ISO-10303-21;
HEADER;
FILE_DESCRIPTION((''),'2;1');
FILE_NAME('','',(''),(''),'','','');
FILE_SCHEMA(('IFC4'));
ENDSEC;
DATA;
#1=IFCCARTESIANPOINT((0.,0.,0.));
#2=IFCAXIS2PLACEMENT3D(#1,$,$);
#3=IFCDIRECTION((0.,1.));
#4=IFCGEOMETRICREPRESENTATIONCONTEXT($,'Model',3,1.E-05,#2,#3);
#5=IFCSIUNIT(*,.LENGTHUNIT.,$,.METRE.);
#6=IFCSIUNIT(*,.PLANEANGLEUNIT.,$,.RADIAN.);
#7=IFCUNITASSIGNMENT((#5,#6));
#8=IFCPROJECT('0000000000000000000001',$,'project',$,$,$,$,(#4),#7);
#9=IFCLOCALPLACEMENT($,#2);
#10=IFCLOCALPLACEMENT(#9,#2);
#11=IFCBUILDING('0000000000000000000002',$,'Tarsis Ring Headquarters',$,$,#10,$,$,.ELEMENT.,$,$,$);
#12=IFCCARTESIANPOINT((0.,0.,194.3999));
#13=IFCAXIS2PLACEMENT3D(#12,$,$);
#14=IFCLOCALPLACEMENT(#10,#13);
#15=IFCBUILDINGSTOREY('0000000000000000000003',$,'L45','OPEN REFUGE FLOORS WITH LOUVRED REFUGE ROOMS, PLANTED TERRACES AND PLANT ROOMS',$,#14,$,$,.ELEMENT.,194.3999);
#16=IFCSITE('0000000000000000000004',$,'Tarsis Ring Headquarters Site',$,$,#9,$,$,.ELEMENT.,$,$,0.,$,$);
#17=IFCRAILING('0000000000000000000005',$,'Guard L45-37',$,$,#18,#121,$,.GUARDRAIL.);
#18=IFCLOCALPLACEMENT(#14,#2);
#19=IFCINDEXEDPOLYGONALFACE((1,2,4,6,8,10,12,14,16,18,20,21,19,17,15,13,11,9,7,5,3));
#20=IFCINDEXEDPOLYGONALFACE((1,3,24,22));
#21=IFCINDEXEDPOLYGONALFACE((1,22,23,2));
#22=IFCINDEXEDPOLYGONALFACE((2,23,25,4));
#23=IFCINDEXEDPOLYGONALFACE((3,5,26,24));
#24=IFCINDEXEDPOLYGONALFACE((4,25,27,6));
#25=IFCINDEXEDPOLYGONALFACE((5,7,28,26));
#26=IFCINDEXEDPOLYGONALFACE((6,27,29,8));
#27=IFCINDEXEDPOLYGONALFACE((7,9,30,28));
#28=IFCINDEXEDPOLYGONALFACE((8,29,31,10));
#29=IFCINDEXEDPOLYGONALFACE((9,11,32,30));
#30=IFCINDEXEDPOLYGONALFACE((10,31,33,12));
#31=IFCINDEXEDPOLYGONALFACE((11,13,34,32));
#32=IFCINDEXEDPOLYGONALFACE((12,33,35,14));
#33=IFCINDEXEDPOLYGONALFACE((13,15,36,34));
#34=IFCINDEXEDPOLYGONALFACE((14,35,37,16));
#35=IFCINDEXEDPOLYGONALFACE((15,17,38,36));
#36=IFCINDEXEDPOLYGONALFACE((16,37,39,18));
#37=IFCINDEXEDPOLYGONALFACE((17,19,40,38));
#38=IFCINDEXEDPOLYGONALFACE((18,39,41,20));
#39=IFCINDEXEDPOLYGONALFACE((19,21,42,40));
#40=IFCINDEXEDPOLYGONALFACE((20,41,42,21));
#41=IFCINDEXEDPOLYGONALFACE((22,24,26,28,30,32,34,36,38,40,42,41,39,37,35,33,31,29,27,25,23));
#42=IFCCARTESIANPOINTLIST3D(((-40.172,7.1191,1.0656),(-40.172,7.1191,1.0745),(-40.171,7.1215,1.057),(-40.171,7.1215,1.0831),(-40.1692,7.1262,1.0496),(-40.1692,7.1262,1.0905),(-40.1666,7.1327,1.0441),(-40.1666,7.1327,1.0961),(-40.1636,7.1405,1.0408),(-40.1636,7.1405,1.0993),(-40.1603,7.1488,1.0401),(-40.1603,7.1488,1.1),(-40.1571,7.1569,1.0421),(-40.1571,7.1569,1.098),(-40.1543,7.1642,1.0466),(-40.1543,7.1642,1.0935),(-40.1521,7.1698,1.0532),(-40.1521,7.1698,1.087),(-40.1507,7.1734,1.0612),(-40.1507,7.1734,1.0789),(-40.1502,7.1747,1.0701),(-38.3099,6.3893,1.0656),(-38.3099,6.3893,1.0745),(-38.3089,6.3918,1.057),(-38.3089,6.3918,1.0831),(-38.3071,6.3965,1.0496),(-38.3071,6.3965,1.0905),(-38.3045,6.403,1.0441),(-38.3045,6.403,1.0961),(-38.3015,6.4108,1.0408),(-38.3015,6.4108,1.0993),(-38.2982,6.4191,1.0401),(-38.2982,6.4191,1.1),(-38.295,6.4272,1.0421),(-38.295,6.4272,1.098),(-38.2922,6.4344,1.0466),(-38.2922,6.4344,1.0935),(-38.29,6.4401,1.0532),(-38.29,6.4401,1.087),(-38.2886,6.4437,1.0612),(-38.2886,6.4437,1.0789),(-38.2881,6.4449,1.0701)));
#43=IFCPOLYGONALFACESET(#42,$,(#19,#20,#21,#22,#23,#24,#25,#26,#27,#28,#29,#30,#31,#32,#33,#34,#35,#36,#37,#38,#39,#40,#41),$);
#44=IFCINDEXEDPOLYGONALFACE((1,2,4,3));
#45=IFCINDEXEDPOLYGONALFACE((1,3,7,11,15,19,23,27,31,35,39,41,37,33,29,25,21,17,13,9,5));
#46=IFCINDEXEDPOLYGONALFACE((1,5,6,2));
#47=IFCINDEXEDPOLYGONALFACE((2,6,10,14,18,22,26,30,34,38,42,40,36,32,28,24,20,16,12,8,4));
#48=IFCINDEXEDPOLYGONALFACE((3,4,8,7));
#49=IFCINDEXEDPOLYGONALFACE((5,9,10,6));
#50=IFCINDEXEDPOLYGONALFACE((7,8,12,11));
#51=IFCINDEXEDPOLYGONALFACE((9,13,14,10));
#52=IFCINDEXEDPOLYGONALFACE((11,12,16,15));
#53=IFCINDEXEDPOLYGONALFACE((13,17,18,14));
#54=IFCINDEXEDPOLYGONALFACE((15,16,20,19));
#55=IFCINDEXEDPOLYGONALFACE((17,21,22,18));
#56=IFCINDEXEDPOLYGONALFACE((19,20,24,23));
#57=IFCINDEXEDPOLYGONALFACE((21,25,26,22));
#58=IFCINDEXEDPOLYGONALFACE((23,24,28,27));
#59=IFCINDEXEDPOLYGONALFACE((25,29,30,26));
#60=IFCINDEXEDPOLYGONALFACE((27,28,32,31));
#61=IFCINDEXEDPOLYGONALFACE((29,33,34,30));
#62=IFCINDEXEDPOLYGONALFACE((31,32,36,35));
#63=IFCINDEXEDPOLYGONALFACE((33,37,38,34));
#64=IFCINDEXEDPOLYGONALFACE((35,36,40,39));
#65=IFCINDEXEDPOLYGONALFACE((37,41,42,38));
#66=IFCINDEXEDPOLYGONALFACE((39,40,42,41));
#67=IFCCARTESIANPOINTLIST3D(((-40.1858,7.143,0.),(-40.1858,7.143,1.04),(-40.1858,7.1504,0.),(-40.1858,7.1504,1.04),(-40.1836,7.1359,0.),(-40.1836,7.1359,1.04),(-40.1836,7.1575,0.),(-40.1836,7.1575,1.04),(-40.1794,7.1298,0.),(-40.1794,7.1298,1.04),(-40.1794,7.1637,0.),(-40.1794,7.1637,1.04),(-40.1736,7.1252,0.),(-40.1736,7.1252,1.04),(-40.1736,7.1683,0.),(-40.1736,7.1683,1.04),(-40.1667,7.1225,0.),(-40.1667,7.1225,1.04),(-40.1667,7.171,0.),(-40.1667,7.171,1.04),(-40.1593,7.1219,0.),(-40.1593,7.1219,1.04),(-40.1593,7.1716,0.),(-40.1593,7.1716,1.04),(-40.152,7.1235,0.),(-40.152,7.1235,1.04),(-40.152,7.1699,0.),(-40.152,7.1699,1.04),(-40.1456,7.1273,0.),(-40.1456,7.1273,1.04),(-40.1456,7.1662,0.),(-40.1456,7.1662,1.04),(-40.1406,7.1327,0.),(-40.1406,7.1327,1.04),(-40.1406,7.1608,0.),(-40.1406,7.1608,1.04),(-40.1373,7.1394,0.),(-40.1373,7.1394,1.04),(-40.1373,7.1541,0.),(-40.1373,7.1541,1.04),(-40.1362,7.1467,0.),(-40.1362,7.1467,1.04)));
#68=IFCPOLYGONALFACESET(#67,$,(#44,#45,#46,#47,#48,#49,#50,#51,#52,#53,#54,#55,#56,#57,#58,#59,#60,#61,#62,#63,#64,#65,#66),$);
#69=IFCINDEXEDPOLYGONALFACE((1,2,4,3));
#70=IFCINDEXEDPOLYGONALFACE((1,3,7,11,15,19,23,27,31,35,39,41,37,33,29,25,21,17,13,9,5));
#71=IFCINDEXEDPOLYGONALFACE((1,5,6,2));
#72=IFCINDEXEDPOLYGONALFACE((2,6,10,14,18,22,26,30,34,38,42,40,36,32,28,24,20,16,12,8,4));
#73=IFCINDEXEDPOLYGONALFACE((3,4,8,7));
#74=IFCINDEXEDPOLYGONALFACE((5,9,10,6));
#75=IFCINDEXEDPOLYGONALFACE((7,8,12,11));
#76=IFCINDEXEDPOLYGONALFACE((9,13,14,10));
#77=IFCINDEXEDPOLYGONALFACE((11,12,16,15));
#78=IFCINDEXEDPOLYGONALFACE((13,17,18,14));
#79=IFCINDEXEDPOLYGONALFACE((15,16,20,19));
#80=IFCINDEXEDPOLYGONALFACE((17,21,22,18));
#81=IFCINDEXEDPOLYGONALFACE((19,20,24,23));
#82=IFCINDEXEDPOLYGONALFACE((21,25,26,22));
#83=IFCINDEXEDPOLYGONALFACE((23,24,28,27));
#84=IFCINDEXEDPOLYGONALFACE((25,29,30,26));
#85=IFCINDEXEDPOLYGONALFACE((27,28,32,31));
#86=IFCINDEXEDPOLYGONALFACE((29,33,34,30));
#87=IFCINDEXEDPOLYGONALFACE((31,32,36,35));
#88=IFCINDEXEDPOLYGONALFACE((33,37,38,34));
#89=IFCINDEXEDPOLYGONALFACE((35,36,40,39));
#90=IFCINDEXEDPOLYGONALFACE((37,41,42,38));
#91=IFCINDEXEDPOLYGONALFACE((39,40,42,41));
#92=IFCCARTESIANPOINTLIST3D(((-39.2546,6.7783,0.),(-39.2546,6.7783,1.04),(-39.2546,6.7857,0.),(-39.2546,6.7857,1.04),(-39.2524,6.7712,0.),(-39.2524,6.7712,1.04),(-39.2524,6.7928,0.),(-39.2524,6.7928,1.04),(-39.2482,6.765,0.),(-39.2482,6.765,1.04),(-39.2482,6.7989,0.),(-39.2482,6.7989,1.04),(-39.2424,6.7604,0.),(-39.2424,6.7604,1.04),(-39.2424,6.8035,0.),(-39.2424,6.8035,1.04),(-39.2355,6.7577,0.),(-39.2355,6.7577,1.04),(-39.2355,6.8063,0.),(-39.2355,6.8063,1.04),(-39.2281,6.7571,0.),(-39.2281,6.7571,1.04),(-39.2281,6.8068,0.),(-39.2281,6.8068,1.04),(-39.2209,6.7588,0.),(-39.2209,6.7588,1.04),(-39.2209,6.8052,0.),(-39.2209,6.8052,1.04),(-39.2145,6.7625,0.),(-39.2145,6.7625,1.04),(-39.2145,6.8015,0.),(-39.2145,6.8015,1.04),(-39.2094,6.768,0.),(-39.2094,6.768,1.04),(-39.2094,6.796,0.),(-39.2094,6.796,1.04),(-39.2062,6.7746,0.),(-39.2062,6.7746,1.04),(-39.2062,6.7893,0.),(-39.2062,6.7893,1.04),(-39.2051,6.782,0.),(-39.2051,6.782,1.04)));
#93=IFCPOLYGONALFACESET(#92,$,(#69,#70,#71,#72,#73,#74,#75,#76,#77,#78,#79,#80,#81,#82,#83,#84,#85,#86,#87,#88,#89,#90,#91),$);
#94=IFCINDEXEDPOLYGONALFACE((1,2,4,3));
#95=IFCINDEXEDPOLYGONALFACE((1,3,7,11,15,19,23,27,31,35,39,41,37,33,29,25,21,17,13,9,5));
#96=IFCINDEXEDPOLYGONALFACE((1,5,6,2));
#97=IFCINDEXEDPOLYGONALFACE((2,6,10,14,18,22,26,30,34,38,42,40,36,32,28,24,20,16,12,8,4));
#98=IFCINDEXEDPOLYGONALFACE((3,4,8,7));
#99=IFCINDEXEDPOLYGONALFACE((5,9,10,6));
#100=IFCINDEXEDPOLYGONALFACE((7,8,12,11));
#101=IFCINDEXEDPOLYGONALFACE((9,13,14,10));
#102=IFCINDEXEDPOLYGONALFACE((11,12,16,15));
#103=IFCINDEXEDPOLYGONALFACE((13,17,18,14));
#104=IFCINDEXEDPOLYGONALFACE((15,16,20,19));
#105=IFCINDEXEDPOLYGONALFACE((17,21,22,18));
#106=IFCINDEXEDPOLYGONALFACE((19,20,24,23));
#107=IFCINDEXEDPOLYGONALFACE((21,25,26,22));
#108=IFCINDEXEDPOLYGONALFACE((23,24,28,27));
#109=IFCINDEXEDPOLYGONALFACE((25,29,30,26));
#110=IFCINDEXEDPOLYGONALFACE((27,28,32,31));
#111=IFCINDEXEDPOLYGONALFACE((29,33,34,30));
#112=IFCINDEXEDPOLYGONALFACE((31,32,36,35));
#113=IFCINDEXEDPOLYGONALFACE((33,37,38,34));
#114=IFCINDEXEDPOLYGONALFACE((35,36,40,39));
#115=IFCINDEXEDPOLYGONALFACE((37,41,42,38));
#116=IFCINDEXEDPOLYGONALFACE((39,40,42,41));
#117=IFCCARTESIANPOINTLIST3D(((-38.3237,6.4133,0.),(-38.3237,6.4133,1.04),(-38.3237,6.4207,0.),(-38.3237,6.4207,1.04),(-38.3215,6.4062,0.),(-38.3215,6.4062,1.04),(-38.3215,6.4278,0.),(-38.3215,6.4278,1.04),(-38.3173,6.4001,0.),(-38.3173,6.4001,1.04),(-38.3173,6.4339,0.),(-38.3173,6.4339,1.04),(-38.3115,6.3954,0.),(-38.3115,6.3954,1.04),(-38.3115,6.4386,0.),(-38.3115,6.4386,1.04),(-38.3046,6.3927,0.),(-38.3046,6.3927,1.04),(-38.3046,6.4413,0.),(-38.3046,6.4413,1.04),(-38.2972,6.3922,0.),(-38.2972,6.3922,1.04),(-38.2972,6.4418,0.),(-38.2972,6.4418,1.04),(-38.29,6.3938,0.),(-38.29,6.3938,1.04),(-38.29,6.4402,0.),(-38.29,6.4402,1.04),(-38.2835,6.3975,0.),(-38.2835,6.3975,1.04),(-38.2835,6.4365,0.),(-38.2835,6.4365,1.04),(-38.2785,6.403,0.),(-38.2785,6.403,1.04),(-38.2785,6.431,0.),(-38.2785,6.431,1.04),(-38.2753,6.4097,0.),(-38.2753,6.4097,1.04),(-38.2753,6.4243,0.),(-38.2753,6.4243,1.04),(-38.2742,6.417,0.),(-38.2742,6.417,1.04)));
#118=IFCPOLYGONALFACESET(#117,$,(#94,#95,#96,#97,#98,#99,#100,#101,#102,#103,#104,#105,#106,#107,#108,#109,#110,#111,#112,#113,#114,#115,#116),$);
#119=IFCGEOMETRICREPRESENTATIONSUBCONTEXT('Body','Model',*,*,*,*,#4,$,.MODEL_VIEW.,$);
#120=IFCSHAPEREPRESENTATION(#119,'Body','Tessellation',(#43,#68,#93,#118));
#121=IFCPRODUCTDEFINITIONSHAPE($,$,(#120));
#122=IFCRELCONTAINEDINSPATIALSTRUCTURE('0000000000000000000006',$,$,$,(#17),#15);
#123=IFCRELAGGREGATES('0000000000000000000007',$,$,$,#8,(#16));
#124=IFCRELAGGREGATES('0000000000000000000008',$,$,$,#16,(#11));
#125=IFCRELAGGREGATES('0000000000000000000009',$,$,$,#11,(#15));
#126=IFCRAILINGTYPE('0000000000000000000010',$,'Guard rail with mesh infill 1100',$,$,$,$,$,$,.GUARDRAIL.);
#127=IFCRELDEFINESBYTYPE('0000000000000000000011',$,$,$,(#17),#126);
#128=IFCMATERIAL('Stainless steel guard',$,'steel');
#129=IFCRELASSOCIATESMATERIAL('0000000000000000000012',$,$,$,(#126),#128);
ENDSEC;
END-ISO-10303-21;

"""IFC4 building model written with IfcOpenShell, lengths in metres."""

from ifc_helpers import new_model, si_unit, direction, frame, origin, origin_2d, place, context, subcontext, project, spatial, circle, extrude, material, type_object, element, save


model = new_model("IFC4")

# Units and contexts
model_context = context("Model", 3, precision=1e-05, world=origin(), true_north=direction((0.0, 1.0)))
body_context = subcontext(model_context, "Body", "Model", "MODEL_VIEW")
ifc_project = project(units=[si_unit("LENGTHUNIT", "METRE"), si_unit("PLANEANGLEUNIT", "RADIAN")], contexts=[model_context])

# Site, building, storey
site_placement = place(None, origin())
site = spatial("IfcSite", under=ifc_project, at=site_placement, Name="Tarsis Ring Headquarters Site", CompositionType="ELEMENT", RefElevation=0.0)
building_placement = place(site_placement, origin())
building = spatial("IfcBuilding", under=site, at=building_placement, Name="Tarsis Ring Headquarters", CompositionType="ELEMENT")
storey_placement = place(building_placement, frame((0.0, 0.0, 194.3999)))
storey = spatial("IfcBuildingStorey", under=building, at=storey_placement, Name="L45", Description="OPEN REFUGE FLOORS WITH LOUVRED REFUGE ROOMS, PLANTED TERRACES AND PLANT ROOMS", CompositionType="ELEMENT", Elevation=194.3999)

# Railing
ifc_material_1 = material(Name="Stainless steel guard", Category="steel")
railing_type_1 = type_object("IfcRailingType", Name="Guard rail with mesh infill 1100", PredefinedType="GUARDRAIL", material=ifc_material_1)
railing_1_placement = place(storey_placement, frame((-40.1611, 7.1467, 0.0)))
element("IfcRailing", 1, at=railing_1_placement, inside=storey, type_object=railing_type_1, Name="Guard L45-37", PredefinedType="GUARDRAIL", context=body_context, shape_type="SweptSolid", body=[
    extrude(circle(Radius=0.03, at=origin_2d()), frame((0.0, 0.0, 1.0701), z_axis=(0.931055, -0.364878, 0.0), x_axis=(0.364878, 0.931055, 0.0)), (0.0, 0.0, 1.0), 2.0),
    extrude(circle(Radius=0.0249, at=origin_2d()), origin(), (0.0, 0.0, 1.0), 1.04),
    extrude(circle(Radius=0.0249, at=origin_2d()), frame((0.9312, -0.3647, 0.0)), (0.0, 0.0, 1.0), 1.04),
    extrude(circle(Radius=0.0249, at=origin_2d()), frame((1.8621, -0.7297, 0.0)), (0.0, 0.0, 1.0), 1.04),
])

save(model, "model.ifc")
